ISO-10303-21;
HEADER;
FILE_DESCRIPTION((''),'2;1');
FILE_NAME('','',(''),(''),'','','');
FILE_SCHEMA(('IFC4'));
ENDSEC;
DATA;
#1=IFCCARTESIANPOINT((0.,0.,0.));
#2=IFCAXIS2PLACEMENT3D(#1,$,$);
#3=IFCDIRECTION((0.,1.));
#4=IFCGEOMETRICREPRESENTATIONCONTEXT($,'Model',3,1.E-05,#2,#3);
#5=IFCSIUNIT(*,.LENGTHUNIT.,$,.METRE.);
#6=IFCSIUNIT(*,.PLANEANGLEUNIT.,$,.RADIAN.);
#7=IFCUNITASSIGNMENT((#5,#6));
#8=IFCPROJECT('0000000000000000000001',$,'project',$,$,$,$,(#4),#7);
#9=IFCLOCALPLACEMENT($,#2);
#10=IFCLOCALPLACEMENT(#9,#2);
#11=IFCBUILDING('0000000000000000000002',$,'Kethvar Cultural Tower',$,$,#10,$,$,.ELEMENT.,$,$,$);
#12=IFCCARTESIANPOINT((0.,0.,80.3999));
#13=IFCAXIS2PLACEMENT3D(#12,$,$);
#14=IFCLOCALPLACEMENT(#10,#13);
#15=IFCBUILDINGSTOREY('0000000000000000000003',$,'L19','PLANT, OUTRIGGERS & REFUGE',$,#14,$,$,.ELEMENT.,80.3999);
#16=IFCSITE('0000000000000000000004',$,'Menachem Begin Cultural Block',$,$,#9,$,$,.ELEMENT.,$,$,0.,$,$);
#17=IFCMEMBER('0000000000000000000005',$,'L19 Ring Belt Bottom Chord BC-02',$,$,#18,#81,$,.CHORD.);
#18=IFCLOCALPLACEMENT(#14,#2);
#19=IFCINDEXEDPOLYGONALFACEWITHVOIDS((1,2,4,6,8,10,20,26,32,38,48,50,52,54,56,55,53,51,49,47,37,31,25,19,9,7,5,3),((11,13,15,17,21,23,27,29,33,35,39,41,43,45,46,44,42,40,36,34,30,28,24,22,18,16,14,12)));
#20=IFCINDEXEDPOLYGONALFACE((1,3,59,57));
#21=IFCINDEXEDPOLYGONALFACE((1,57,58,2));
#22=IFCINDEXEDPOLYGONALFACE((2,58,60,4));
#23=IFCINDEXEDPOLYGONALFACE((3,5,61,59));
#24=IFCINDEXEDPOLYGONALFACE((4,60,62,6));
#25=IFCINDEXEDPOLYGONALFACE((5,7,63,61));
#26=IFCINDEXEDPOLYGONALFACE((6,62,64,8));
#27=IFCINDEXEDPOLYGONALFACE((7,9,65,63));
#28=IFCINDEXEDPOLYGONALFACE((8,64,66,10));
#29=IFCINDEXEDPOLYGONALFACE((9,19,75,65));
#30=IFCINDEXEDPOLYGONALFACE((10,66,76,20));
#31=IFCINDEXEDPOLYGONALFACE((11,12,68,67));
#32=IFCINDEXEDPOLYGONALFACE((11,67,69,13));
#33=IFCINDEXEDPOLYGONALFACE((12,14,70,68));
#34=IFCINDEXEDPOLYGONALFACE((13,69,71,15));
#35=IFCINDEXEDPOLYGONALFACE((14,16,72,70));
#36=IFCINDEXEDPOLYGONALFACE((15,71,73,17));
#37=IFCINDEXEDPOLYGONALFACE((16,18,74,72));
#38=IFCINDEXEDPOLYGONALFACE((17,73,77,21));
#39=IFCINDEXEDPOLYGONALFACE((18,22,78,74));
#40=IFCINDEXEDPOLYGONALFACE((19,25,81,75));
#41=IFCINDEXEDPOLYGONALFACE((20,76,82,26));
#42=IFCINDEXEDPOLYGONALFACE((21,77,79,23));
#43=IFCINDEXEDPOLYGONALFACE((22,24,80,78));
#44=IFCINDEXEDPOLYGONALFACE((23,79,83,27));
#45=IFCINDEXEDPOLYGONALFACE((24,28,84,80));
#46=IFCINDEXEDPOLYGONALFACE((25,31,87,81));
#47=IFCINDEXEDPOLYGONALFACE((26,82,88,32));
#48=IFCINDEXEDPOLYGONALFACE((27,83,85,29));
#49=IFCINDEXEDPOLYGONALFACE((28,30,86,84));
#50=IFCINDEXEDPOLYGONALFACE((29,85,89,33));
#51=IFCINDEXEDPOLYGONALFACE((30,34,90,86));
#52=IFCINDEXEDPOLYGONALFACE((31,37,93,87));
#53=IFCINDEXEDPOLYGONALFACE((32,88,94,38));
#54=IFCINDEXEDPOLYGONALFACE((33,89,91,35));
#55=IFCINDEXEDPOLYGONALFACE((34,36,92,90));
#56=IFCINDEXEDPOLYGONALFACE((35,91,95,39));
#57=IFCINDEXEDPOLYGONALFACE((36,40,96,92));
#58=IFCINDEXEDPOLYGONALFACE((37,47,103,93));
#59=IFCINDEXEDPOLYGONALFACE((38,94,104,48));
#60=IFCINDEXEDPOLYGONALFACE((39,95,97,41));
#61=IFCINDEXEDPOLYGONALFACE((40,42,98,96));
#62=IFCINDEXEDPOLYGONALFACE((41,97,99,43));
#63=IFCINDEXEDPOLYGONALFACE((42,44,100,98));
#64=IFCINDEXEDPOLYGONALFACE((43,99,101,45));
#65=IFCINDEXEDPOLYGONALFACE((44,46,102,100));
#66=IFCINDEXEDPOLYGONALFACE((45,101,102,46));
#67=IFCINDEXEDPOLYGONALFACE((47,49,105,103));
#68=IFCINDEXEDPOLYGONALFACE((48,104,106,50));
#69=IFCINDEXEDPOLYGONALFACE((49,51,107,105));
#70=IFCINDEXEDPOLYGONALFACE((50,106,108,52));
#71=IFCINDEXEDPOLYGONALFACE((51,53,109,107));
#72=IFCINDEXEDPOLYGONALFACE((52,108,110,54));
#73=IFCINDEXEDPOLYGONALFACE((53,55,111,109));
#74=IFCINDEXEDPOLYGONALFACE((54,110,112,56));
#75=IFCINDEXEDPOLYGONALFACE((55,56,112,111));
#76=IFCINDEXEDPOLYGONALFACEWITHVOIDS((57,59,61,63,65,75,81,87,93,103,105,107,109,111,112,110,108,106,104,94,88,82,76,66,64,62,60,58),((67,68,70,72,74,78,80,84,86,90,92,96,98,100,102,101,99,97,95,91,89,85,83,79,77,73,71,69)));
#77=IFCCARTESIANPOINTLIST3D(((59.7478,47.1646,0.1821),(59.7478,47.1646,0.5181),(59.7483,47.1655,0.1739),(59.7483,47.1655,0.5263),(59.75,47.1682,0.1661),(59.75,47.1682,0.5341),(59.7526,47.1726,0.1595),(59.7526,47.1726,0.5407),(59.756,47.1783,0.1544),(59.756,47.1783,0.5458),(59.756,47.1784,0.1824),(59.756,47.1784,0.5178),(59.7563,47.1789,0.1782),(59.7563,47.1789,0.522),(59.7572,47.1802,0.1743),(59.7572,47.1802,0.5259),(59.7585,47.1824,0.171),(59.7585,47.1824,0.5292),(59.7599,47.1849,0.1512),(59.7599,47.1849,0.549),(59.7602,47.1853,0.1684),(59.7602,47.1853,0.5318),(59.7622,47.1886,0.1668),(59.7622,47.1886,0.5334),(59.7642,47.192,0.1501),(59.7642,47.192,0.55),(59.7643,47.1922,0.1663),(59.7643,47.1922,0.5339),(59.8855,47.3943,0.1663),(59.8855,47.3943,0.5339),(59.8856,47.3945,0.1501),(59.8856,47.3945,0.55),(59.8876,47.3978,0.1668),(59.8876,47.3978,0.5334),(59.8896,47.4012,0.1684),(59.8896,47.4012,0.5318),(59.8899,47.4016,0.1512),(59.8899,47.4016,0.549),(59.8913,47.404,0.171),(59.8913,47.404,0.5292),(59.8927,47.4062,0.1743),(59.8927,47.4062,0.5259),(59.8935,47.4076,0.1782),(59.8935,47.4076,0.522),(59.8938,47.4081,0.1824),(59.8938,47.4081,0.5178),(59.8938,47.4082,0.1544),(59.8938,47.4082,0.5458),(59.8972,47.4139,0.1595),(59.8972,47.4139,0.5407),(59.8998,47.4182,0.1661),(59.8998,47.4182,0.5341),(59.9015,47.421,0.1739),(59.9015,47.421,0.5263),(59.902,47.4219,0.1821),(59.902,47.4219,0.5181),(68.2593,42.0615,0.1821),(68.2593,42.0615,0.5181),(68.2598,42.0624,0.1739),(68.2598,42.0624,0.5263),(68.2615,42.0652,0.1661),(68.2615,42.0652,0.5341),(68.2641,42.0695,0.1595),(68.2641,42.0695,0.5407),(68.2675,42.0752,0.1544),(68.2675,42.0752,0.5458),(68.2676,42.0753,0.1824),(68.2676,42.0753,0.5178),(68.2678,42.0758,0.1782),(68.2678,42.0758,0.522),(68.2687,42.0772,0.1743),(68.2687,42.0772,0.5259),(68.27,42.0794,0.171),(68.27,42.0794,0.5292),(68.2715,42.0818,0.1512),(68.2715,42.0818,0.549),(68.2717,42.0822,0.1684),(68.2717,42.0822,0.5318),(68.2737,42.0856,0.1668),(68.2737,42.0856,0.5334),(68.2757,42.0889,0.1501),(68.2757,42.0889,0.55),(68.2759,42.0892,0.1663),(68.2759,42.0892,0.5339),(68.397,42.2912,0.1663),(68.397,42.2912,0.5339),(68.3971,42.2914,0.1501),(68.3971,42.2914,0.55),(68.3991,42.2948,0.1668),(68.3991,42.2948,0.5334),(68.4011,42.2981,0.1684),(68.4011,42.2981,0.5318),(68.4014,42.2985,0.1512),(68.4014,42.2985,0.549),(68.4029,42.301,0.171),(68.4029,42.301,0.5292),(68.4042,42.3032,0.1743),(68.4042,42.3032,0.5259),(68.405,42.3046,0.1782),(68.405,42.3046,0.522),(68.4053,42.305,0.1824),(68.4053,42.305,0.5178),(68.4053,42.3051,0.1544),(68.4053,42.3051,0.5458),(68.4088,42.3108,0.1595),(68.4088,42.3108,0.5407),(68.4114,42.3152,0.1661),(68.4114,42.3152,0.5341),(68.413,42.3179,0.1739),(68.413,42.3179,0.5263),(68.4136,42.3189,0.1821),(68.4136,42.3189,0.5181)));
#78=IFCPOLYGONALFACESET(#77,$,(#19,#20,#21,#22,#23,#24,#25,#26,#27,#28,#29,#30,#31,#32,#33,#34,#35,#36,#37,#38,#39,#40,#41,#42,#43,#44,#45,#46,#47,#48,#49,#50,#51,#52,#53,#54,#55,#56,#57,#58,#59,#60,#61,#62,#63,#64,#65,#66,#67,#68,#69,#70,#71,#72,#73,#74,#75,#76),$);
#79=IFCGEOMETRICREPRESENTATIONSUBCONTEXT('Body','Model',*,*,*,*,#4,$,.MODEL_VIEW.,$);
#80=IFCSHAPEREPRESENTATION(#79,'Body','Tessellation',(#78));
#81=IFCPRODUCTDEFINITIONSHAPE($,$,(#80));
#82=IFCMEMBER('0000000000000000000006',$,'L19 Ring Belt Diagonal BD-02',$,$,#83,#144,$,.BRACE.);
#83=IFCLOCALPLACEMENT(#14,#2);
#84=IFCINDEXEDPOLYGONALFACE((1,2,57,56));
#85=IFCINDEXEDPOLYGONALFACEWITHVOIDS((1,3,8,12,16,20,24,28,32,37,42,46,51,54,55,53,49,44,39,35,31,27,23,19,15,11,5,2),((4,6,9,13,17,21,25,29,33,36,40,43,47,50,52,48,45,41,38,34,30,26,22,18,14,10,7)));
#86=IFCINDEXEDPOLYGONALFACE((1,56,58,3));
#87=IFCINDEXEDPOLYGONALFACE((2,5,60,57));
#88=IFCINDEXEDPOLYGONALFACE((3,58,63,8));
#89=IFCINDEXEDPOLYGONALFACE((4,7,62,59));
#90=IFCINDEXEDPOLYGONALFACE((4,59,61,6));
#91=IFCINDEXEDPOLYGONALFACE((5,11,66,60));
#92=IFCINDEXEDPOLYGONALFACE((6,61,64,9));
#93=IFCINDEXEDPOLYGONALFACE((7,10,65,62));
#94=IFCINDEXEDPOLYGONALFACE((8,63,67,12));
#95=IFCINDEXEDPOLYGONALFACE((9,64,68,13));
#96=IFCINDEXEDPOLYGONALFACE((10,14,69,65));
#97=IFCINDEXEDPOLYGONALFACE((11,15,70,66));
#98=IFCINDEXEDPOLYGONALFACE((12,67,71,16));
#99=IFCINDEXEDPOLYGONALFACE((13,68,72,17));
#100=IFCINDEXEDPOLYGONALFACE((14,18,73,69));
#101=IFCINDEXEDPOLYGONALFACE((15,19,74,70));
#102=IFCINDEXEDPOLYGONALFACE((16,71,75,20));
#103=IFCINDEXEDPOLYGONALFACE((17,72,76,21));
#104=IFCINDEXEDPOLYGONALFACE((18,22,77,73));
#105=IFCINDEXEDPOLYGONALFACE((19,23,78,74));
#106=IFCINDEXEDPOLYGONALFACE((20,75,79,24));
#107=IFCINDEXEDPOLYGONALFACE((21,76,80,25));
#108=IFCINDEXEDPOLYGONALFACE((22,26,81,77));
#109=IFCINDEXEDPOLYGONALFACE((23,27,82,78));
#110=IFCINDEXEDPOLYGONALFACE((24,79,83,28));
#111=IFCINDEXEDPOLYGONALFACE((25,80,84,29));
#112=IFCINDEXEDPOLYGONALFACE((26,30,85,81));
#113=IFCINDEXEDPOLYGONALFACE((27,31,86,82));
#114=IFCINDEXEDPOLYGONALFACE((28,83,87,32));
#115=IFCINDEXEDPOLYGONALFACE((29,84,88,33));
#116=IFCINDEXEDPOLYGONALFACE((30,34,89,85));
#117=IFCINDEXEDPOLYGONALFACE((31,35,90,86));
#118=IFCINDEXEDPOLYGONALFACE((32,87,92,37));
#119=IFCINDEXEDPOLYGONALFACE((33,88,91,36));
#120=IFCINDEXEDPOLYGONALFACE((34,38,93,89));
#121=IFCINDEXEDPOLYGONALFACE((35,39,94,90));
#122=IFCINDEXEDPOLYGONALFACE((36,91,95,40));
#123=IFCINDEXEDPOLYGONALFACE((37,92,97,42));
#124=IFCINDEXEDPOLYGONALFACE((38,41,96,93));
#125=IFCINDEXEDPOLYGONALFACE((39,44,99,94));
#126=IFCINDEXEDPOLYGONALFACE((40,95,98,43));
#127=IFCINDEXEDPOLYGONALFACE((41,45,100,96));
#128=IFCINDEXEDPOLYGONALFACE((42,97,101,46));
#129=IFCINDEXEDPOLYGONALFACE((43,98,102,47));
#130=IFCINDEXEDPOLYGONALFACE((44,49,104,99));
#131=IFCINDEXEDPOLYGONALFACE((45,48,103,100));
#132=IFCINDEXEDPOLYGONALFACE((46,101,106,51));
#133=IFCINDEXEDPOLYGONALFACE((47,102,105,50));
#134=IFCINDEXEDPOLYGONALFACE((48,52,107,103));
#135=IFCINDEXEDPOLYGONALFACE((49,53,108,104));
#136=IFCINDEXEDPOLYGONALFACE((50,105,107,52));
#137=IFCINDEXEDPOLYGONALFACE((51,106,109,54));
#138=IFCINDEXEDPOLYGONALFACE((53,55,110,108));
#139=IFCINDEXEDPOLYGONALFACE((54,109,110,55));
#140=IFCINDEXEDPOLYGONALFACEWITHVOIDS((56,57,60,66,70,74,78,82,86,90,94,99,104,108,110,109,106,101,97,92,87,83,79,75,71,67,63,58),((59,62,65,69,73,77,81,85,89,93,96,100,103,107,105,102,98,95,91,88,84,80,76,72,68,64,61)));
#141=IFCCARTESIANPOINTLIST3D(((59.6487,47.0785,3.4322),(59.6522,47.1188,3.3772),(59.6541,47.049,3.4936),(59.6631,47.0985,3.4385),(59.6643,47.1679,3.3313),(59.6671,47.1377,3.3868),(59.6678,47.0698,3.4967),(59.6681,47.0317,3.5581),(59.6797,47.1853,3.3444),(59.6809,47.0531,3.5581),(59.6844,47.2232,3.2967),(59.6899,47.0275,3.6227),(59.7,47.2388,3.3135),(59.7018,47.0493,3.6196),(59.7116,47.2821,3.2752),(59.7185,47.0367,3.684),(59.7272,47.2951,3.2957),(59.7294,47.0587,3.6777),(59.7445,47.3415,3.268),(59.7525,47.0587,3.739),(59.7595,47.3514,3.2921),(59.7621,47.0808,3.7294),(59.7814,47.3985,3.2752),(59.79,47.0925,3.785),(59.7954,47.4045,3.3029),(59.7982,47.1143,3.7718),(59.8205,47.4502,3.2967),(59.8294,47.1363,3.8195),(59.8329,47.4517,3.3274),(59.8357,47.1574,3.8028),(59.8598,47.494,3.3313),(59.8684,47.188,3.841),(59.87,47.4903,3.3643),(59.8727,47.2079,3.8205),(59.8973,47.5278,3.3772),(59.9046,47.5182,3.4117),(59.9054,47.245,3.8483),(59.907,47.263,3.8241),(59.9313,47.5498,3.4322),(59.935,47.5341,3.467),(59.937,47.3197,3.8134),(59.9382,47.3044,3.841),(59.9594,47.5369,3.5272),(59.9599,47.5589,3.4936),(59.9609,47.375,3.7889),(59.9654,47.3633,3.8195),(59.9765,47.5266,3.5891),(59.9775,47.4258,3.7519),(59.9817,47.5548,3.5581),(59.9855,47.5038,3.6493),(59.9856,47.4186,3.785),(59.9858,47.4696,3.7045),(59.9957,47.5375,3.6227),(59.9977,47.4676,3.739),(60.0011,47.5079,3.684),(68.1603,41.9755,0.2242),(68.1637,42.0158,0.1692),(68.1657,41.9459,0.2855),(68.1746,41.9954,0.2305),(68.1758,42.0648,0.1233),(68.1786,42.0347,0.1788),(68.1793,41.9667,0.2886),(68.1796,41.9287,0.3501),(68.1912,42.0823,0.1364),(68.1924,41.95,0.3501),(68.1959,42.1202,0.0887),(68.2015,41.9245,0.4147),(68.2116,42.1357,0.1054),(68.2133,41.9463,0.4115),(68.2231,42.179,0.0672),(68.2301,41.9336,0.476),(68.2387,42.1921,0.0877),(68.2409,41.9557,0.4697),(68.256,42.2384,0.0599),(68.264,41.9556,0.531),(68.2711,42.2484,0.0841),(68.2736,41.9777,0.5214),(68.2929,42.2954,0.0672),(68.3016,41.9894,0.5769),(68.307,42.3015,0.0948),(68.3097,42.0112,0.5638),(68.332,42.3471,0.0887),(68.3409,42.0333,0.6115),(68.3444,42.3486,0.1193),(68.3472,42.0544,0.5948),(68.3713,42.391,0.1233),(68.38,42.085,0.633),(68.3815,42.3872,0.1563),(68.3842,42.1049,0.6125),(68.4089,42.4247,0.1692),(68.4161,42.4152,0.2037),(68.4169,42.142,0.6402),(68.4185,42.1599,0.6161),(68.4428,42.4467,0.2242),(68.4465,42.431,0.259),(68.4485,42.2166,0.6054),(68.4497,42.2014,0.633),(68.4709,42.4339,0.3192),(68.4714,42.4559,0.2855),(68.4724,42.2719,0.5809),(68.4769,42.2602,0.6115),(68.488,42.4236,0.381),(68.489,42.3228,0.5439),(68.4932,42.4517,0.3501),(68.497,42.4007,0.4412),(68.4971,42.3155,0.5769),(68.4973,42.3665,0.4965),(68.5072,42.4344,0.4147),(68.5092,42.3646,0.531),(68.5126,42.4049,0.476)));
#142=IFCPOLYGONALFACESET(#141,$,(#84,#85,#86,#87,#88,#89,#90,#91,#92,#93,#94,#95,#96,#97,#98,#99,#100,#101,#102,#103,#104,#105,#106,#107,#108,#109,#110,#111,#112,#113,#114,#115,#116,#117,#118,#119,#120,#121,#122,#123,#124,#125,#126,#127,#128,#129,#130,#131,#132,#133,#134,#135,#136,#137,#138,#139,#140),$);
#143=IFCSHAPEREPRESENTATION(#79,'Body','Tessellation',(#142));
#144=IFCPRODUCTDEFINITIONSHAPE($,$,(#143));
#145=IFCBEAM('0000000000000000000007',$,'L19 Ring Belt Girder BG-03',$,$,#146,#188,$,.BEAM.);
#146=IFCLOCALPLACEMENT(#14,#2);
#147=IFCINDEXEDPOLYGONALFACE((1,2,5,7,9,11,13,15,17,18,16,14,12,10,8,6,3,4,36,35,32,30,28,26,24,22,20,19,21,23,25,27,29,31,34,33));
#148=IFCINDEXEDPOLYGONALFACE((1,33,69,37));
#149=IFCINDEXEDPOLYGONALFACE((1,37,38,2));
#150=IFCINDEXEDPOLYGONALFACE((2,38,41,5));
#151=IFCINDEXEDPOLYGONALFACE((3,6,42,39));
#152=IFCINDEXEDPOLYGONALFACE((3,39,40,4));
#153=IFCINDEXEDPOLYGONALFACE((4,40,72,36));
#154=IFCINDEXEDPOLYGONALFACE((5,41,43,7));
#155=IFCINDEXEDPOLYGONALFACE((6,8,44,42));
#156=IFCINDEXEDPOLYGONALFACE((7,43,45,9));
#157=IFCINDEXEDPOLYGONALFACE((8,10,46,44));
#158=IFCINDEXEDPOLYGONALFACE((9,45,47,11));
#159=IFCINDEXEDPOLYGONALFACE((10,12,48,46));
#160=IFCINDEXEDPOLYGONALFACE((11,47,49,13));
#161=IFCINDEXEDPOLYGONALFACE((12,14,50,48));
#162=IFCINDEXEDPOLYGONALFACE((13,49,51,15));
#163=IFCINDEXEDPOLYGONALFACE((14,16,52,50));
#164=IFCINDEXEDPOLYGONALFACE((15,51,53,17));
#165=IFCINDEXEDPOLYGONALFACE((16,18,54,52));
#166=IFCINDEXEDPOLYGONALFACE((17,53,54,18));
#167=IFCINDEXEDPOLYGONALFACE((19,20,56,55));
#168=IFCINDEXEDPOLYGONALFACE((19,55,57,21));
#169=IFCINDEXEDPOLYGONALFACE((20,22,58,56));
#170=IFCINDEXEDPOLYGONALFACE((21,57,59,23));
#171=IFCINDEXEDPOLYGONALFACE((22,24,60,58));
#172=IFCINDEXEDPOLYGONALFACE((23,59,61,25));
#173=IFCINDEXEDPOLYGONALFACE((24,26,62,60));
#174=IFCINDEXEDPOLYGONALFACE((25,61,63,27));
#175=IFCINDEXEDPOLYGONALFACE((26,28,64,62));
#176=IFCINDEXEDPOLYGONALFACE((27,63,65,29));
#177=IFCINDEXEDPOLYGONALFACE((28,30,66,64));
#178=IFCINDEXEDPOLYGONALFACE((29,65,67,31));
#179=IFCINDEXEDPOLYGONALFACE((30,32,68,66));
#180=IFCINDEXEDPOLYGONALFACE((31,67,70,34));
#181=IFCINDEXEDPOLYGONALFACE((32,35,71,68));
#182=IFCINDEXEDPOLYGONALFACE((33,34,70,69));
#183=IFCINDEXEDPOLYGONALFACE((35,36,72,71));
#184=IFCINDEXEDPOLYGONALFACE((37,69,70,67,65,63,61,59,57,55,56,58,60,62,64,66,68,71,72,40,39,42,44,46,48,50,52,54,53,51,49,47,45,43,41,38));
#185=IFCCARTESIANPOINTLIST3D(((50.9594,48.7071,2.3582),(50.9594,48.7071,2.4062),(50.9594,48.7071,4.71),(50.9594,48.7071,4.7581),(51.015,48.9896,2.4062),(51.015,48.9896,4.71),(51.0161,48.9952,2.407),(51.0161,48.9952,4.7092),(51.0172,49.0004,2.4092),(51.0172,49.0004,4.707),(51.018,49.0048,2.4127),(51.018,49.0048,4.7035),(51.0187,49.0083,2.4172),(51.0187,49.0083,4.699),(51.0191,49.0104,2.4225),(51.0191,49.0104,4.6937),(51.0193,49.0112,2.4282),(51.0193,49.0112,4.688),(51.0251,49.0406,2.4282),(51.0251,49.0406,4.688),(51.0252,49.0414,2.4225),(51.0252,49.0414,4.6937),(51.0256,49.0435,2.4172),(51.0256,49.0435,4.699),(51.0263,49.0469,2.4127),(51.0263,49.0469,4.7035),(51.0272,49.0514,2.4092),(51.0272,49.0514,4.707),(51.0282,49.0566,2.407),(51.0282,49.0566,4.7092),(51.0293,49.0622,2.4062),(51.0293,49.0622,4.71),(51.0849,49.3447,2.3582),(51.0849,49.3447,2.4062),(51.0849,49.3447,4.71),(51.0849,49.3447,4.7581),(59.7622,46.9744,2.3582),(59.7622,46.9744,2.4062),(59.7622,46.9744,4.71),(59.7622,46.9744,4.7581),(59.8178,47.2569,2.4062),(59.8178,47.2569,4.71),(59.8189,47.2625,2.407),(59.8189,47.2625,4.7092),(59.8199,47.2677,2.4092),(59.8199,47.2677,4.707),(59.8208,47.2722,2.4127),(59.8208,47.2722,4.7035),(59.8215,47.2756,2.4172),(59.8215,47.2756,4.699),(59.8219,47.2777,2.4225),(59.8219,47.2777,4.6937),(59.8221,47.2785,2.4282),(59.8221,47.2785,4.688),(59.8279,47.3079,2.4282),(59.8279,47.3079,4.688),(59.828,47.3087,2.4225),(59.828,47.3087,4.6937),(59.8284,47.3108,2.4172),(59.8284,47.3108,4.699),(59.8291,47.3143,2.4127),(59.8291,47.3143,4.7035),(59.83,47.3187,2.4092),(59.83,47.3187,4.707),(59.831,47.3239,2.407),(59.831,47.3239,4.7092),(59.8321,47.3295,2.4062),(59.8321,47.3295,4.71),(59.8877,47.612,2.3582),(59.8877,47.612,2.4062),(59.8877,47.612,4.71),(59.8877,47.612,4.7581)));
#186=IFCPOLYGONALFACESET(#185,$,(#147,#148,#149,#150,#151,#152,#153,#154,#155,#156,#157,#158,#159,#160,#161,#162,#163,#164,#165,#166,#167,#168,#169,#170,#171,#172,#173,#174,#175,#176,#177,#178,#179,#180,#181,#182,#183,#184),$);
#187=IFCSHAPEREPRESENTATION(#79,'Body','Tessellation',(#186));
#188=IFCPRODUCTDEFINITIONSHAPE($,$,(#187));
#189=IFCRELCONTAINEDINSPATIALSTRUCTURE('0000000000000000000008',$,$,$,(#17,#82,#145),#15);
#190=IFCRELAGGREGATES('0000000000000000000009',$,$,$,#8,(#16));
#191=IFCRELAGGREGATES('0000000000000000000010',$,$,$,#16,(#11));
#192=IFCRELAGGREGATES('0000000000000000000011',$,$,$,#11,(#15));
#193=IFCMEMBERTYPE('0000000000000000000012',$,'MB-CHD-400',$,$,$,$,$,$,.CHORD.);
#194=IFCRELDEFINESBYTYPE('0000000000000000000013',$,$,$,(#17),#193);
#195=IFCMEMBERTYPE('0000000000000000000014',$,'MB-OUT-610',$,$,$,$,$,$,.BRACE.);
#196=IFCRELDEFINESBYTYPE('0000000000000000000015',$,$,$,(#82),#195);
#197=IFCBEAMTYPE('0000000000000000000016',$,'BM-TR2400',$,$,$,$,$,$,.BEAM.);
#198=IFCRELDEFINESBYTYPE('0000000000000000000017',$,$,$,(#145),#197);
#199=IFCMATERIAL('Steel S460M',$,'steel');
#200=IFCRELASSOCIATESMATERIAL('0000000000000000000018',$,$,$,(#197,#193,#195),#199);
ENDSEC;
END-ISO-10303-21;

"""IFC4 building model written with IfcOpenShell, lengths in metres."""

from ifc_helpers import new_model, si_unit, direction, frame, origin, origin_2d, place, context, subcontext, project, spatial, hollow_rectangle, hollow_circle, i_section, extrude, source, transform, mapped, material, material_profile, profile_set, type_object, element, save


model = new_model("IFC4")

# Units and contexts
model_context = context("Model", 3, precision=1e-05, world=origin(), true_north=direction((0.0, 1.0)))
body_context = subcontext(model_context, "Body", "Model", "MODEL_VIEW")
ifc_project = project(units=[si_unit("LENGTHUNIT", "METRE"), si_unit("PLANEANGLEUNIT", "RADIAN")], contexts=[model_context])

# Site, building, storey
site_placement = place(None, origin())
site = spatial("IfcSite", under=ifc_project, at=site_placement, Name="Menachem Begin Cultural Block", CompositionType="ELEMENT", RefElevation=0.0)
building_placement = place(site_placement, origin())
building = spatial("IfcBuilding", under=site, at=building_placement, Name="Kethvar Cultural Tower", CompositionType="ELEMENT")
storey_placement = place(building_placement, frame((0.0, 0.0, 80.3999)))
storey = spatial("IfcBuildingStorey", under=building, at=storey_placement, Name="L19", Description="PLANT, OUTRIGGERS & REFUGE", CompositionType="ELEMENT", Elevation=80.3999)

# Shared definitions
ifc_material_1 = material(Name="Steel S460M", Category="steel")

# Shared definitions
ifc_material_profile_1 = material_profile(ifc_material_1, i_section(OverallWidth=0.6499, OverallDepth=2.3999, WebThickness=0.03, FlangeThickness=0.0481, FilletRadius=0.022, at=origin_2d()), Name="Steel S460M — PG2400x650x48x30")
ifc_profile_set_1 = profile_set([ifc_material_profile_1], Name="Steel S460M — PG2400x650x48x30")
beam_type = type_object("IfcBeamType", Name="BM-TR2400", PredefinedType="BEAM", material=ifc_profile_set_1)

# Members
ifc_material_profile_2 = material_profile(ifc_material_1, hollow_rectangle(XDim=0.3, YDim=0.3999, WallThickness=0.0161, InnerFilletRadius=0.0161, OuterFilletRadius=0.032, at=origin_2d()), Name="Steel S460M — RHS400x300x16")
ifc_profile_set_2 = profile_set([ifc_material_profile_2], Name="Steel S460M — RHS400x300x16")
member_type_1 = type_object("IfcMemberType", Name="MB-CHD-400", PredefinedType="CHORD", material=ifc_profile_set_2)
shared_shape_1 = source(origin(), body_context, "Body", "SweptSolid", [
    extrude(hollow_rectangle(XDim=0.3, YDim=0.3999, WallThickness=0.0161, InnerFilletRadius=0.0161, OuterFilletRadius=0.032, at=origin_2d()), origin(), (0.0, 0.0, 1.0), 9.9241),
])
member_1_placement = place(storey_placement, frame((68.3364, 42.1902, 0.3501), z_axis=(-0.857664, 0.51421, 0.0), x_axis=(-0.51421, -0.857664, 0.0)))
element("IfcMember", 1, at=member_1_placement, inside=storey, type_object=member_type_1, Name="L19 Ring Belt Bottom Chord BC-02", PredefinedType="CHORD", context=body_context, shape_type="MappedRepresentation", body=[
    mapped(shared_shape_1, transform((0.0, 0.0, 0.0), scale=1.0)),
])
ifc_material_profile_3 = material_profile(ifc_material_1, hollow_circle(Radius=0.3049, WallThickness=0.0249, at=origin_2d()), Name="Steel S460M — CHS610x25")
ifc_profile_set_3 = profile_set([ifc_material_profile_3], Name="Steel S460M — CHS610x25")
member_type_2 = type_object("IfcMemberType", Name="MB-OUT-610", PredefinedType="BRACE", material=ifc_profile_set_3)
shared_shape_2 = source(origin(), body_context, "Body", "SweptSolid", [
    extrude(hollow_circle(Radius=0.3049, WallThickness=0.0249, at=origin_2d()), origin(), (0.0, 0.0, 1.0), 10.4297),
])
member_2_placement = place(storey_placement, frame((68.3364, 42.1902, 0.3501), z_axis=(-0.816085, 0.489281, 0.307586), x_axis=(-0.51421, -0.857664, 0.0)))
element("IfcMember", 2, at=member_2_placement, inside=storey, type_object=member_type_2, Name="L19 Ring Belt Diagonal BD-02", PredefinedType="BRACE", context=body_context, shape_type="MappedRepresentation", body=[
    mapped(shared_shape_2, transform((0.0, 0.0, 0.0), scale=1.0)),
])

# Beam
shared_shape_3 = source(origin(), body_context, "Body", "SweptSolid", [
    extrude(i_section(OverallWidth=0.6499, OverallDepth=2.3999, WebThickness=0.03, FlangeThickness=0.0481, FilletRadius=0.022, at=origin_2d()), origin(), (0.0, 0.0, 1.0), 8.9717),
])
beam_1_placement = place(storey_placement, frame((59.825, 47.2932, 3.5581), z_axis=(-0.981174, 0.193127, 0.0), x_axis=(-0.193127, -0.981174, 0.0)))
element("IfcBeam", 3, at=beam_1_placement, inside=storey, type_object=beam_type, Name="L19 Ring Belt Girder BG-03", PredefinedType="BEAM", context=body_context, shape_type="MappedRepresentation", body=[
    mapped(shared_shape_3, transform((0.0, 0.0, 0.0), scale=1.0)),
])

save(model, "model.ifc")
